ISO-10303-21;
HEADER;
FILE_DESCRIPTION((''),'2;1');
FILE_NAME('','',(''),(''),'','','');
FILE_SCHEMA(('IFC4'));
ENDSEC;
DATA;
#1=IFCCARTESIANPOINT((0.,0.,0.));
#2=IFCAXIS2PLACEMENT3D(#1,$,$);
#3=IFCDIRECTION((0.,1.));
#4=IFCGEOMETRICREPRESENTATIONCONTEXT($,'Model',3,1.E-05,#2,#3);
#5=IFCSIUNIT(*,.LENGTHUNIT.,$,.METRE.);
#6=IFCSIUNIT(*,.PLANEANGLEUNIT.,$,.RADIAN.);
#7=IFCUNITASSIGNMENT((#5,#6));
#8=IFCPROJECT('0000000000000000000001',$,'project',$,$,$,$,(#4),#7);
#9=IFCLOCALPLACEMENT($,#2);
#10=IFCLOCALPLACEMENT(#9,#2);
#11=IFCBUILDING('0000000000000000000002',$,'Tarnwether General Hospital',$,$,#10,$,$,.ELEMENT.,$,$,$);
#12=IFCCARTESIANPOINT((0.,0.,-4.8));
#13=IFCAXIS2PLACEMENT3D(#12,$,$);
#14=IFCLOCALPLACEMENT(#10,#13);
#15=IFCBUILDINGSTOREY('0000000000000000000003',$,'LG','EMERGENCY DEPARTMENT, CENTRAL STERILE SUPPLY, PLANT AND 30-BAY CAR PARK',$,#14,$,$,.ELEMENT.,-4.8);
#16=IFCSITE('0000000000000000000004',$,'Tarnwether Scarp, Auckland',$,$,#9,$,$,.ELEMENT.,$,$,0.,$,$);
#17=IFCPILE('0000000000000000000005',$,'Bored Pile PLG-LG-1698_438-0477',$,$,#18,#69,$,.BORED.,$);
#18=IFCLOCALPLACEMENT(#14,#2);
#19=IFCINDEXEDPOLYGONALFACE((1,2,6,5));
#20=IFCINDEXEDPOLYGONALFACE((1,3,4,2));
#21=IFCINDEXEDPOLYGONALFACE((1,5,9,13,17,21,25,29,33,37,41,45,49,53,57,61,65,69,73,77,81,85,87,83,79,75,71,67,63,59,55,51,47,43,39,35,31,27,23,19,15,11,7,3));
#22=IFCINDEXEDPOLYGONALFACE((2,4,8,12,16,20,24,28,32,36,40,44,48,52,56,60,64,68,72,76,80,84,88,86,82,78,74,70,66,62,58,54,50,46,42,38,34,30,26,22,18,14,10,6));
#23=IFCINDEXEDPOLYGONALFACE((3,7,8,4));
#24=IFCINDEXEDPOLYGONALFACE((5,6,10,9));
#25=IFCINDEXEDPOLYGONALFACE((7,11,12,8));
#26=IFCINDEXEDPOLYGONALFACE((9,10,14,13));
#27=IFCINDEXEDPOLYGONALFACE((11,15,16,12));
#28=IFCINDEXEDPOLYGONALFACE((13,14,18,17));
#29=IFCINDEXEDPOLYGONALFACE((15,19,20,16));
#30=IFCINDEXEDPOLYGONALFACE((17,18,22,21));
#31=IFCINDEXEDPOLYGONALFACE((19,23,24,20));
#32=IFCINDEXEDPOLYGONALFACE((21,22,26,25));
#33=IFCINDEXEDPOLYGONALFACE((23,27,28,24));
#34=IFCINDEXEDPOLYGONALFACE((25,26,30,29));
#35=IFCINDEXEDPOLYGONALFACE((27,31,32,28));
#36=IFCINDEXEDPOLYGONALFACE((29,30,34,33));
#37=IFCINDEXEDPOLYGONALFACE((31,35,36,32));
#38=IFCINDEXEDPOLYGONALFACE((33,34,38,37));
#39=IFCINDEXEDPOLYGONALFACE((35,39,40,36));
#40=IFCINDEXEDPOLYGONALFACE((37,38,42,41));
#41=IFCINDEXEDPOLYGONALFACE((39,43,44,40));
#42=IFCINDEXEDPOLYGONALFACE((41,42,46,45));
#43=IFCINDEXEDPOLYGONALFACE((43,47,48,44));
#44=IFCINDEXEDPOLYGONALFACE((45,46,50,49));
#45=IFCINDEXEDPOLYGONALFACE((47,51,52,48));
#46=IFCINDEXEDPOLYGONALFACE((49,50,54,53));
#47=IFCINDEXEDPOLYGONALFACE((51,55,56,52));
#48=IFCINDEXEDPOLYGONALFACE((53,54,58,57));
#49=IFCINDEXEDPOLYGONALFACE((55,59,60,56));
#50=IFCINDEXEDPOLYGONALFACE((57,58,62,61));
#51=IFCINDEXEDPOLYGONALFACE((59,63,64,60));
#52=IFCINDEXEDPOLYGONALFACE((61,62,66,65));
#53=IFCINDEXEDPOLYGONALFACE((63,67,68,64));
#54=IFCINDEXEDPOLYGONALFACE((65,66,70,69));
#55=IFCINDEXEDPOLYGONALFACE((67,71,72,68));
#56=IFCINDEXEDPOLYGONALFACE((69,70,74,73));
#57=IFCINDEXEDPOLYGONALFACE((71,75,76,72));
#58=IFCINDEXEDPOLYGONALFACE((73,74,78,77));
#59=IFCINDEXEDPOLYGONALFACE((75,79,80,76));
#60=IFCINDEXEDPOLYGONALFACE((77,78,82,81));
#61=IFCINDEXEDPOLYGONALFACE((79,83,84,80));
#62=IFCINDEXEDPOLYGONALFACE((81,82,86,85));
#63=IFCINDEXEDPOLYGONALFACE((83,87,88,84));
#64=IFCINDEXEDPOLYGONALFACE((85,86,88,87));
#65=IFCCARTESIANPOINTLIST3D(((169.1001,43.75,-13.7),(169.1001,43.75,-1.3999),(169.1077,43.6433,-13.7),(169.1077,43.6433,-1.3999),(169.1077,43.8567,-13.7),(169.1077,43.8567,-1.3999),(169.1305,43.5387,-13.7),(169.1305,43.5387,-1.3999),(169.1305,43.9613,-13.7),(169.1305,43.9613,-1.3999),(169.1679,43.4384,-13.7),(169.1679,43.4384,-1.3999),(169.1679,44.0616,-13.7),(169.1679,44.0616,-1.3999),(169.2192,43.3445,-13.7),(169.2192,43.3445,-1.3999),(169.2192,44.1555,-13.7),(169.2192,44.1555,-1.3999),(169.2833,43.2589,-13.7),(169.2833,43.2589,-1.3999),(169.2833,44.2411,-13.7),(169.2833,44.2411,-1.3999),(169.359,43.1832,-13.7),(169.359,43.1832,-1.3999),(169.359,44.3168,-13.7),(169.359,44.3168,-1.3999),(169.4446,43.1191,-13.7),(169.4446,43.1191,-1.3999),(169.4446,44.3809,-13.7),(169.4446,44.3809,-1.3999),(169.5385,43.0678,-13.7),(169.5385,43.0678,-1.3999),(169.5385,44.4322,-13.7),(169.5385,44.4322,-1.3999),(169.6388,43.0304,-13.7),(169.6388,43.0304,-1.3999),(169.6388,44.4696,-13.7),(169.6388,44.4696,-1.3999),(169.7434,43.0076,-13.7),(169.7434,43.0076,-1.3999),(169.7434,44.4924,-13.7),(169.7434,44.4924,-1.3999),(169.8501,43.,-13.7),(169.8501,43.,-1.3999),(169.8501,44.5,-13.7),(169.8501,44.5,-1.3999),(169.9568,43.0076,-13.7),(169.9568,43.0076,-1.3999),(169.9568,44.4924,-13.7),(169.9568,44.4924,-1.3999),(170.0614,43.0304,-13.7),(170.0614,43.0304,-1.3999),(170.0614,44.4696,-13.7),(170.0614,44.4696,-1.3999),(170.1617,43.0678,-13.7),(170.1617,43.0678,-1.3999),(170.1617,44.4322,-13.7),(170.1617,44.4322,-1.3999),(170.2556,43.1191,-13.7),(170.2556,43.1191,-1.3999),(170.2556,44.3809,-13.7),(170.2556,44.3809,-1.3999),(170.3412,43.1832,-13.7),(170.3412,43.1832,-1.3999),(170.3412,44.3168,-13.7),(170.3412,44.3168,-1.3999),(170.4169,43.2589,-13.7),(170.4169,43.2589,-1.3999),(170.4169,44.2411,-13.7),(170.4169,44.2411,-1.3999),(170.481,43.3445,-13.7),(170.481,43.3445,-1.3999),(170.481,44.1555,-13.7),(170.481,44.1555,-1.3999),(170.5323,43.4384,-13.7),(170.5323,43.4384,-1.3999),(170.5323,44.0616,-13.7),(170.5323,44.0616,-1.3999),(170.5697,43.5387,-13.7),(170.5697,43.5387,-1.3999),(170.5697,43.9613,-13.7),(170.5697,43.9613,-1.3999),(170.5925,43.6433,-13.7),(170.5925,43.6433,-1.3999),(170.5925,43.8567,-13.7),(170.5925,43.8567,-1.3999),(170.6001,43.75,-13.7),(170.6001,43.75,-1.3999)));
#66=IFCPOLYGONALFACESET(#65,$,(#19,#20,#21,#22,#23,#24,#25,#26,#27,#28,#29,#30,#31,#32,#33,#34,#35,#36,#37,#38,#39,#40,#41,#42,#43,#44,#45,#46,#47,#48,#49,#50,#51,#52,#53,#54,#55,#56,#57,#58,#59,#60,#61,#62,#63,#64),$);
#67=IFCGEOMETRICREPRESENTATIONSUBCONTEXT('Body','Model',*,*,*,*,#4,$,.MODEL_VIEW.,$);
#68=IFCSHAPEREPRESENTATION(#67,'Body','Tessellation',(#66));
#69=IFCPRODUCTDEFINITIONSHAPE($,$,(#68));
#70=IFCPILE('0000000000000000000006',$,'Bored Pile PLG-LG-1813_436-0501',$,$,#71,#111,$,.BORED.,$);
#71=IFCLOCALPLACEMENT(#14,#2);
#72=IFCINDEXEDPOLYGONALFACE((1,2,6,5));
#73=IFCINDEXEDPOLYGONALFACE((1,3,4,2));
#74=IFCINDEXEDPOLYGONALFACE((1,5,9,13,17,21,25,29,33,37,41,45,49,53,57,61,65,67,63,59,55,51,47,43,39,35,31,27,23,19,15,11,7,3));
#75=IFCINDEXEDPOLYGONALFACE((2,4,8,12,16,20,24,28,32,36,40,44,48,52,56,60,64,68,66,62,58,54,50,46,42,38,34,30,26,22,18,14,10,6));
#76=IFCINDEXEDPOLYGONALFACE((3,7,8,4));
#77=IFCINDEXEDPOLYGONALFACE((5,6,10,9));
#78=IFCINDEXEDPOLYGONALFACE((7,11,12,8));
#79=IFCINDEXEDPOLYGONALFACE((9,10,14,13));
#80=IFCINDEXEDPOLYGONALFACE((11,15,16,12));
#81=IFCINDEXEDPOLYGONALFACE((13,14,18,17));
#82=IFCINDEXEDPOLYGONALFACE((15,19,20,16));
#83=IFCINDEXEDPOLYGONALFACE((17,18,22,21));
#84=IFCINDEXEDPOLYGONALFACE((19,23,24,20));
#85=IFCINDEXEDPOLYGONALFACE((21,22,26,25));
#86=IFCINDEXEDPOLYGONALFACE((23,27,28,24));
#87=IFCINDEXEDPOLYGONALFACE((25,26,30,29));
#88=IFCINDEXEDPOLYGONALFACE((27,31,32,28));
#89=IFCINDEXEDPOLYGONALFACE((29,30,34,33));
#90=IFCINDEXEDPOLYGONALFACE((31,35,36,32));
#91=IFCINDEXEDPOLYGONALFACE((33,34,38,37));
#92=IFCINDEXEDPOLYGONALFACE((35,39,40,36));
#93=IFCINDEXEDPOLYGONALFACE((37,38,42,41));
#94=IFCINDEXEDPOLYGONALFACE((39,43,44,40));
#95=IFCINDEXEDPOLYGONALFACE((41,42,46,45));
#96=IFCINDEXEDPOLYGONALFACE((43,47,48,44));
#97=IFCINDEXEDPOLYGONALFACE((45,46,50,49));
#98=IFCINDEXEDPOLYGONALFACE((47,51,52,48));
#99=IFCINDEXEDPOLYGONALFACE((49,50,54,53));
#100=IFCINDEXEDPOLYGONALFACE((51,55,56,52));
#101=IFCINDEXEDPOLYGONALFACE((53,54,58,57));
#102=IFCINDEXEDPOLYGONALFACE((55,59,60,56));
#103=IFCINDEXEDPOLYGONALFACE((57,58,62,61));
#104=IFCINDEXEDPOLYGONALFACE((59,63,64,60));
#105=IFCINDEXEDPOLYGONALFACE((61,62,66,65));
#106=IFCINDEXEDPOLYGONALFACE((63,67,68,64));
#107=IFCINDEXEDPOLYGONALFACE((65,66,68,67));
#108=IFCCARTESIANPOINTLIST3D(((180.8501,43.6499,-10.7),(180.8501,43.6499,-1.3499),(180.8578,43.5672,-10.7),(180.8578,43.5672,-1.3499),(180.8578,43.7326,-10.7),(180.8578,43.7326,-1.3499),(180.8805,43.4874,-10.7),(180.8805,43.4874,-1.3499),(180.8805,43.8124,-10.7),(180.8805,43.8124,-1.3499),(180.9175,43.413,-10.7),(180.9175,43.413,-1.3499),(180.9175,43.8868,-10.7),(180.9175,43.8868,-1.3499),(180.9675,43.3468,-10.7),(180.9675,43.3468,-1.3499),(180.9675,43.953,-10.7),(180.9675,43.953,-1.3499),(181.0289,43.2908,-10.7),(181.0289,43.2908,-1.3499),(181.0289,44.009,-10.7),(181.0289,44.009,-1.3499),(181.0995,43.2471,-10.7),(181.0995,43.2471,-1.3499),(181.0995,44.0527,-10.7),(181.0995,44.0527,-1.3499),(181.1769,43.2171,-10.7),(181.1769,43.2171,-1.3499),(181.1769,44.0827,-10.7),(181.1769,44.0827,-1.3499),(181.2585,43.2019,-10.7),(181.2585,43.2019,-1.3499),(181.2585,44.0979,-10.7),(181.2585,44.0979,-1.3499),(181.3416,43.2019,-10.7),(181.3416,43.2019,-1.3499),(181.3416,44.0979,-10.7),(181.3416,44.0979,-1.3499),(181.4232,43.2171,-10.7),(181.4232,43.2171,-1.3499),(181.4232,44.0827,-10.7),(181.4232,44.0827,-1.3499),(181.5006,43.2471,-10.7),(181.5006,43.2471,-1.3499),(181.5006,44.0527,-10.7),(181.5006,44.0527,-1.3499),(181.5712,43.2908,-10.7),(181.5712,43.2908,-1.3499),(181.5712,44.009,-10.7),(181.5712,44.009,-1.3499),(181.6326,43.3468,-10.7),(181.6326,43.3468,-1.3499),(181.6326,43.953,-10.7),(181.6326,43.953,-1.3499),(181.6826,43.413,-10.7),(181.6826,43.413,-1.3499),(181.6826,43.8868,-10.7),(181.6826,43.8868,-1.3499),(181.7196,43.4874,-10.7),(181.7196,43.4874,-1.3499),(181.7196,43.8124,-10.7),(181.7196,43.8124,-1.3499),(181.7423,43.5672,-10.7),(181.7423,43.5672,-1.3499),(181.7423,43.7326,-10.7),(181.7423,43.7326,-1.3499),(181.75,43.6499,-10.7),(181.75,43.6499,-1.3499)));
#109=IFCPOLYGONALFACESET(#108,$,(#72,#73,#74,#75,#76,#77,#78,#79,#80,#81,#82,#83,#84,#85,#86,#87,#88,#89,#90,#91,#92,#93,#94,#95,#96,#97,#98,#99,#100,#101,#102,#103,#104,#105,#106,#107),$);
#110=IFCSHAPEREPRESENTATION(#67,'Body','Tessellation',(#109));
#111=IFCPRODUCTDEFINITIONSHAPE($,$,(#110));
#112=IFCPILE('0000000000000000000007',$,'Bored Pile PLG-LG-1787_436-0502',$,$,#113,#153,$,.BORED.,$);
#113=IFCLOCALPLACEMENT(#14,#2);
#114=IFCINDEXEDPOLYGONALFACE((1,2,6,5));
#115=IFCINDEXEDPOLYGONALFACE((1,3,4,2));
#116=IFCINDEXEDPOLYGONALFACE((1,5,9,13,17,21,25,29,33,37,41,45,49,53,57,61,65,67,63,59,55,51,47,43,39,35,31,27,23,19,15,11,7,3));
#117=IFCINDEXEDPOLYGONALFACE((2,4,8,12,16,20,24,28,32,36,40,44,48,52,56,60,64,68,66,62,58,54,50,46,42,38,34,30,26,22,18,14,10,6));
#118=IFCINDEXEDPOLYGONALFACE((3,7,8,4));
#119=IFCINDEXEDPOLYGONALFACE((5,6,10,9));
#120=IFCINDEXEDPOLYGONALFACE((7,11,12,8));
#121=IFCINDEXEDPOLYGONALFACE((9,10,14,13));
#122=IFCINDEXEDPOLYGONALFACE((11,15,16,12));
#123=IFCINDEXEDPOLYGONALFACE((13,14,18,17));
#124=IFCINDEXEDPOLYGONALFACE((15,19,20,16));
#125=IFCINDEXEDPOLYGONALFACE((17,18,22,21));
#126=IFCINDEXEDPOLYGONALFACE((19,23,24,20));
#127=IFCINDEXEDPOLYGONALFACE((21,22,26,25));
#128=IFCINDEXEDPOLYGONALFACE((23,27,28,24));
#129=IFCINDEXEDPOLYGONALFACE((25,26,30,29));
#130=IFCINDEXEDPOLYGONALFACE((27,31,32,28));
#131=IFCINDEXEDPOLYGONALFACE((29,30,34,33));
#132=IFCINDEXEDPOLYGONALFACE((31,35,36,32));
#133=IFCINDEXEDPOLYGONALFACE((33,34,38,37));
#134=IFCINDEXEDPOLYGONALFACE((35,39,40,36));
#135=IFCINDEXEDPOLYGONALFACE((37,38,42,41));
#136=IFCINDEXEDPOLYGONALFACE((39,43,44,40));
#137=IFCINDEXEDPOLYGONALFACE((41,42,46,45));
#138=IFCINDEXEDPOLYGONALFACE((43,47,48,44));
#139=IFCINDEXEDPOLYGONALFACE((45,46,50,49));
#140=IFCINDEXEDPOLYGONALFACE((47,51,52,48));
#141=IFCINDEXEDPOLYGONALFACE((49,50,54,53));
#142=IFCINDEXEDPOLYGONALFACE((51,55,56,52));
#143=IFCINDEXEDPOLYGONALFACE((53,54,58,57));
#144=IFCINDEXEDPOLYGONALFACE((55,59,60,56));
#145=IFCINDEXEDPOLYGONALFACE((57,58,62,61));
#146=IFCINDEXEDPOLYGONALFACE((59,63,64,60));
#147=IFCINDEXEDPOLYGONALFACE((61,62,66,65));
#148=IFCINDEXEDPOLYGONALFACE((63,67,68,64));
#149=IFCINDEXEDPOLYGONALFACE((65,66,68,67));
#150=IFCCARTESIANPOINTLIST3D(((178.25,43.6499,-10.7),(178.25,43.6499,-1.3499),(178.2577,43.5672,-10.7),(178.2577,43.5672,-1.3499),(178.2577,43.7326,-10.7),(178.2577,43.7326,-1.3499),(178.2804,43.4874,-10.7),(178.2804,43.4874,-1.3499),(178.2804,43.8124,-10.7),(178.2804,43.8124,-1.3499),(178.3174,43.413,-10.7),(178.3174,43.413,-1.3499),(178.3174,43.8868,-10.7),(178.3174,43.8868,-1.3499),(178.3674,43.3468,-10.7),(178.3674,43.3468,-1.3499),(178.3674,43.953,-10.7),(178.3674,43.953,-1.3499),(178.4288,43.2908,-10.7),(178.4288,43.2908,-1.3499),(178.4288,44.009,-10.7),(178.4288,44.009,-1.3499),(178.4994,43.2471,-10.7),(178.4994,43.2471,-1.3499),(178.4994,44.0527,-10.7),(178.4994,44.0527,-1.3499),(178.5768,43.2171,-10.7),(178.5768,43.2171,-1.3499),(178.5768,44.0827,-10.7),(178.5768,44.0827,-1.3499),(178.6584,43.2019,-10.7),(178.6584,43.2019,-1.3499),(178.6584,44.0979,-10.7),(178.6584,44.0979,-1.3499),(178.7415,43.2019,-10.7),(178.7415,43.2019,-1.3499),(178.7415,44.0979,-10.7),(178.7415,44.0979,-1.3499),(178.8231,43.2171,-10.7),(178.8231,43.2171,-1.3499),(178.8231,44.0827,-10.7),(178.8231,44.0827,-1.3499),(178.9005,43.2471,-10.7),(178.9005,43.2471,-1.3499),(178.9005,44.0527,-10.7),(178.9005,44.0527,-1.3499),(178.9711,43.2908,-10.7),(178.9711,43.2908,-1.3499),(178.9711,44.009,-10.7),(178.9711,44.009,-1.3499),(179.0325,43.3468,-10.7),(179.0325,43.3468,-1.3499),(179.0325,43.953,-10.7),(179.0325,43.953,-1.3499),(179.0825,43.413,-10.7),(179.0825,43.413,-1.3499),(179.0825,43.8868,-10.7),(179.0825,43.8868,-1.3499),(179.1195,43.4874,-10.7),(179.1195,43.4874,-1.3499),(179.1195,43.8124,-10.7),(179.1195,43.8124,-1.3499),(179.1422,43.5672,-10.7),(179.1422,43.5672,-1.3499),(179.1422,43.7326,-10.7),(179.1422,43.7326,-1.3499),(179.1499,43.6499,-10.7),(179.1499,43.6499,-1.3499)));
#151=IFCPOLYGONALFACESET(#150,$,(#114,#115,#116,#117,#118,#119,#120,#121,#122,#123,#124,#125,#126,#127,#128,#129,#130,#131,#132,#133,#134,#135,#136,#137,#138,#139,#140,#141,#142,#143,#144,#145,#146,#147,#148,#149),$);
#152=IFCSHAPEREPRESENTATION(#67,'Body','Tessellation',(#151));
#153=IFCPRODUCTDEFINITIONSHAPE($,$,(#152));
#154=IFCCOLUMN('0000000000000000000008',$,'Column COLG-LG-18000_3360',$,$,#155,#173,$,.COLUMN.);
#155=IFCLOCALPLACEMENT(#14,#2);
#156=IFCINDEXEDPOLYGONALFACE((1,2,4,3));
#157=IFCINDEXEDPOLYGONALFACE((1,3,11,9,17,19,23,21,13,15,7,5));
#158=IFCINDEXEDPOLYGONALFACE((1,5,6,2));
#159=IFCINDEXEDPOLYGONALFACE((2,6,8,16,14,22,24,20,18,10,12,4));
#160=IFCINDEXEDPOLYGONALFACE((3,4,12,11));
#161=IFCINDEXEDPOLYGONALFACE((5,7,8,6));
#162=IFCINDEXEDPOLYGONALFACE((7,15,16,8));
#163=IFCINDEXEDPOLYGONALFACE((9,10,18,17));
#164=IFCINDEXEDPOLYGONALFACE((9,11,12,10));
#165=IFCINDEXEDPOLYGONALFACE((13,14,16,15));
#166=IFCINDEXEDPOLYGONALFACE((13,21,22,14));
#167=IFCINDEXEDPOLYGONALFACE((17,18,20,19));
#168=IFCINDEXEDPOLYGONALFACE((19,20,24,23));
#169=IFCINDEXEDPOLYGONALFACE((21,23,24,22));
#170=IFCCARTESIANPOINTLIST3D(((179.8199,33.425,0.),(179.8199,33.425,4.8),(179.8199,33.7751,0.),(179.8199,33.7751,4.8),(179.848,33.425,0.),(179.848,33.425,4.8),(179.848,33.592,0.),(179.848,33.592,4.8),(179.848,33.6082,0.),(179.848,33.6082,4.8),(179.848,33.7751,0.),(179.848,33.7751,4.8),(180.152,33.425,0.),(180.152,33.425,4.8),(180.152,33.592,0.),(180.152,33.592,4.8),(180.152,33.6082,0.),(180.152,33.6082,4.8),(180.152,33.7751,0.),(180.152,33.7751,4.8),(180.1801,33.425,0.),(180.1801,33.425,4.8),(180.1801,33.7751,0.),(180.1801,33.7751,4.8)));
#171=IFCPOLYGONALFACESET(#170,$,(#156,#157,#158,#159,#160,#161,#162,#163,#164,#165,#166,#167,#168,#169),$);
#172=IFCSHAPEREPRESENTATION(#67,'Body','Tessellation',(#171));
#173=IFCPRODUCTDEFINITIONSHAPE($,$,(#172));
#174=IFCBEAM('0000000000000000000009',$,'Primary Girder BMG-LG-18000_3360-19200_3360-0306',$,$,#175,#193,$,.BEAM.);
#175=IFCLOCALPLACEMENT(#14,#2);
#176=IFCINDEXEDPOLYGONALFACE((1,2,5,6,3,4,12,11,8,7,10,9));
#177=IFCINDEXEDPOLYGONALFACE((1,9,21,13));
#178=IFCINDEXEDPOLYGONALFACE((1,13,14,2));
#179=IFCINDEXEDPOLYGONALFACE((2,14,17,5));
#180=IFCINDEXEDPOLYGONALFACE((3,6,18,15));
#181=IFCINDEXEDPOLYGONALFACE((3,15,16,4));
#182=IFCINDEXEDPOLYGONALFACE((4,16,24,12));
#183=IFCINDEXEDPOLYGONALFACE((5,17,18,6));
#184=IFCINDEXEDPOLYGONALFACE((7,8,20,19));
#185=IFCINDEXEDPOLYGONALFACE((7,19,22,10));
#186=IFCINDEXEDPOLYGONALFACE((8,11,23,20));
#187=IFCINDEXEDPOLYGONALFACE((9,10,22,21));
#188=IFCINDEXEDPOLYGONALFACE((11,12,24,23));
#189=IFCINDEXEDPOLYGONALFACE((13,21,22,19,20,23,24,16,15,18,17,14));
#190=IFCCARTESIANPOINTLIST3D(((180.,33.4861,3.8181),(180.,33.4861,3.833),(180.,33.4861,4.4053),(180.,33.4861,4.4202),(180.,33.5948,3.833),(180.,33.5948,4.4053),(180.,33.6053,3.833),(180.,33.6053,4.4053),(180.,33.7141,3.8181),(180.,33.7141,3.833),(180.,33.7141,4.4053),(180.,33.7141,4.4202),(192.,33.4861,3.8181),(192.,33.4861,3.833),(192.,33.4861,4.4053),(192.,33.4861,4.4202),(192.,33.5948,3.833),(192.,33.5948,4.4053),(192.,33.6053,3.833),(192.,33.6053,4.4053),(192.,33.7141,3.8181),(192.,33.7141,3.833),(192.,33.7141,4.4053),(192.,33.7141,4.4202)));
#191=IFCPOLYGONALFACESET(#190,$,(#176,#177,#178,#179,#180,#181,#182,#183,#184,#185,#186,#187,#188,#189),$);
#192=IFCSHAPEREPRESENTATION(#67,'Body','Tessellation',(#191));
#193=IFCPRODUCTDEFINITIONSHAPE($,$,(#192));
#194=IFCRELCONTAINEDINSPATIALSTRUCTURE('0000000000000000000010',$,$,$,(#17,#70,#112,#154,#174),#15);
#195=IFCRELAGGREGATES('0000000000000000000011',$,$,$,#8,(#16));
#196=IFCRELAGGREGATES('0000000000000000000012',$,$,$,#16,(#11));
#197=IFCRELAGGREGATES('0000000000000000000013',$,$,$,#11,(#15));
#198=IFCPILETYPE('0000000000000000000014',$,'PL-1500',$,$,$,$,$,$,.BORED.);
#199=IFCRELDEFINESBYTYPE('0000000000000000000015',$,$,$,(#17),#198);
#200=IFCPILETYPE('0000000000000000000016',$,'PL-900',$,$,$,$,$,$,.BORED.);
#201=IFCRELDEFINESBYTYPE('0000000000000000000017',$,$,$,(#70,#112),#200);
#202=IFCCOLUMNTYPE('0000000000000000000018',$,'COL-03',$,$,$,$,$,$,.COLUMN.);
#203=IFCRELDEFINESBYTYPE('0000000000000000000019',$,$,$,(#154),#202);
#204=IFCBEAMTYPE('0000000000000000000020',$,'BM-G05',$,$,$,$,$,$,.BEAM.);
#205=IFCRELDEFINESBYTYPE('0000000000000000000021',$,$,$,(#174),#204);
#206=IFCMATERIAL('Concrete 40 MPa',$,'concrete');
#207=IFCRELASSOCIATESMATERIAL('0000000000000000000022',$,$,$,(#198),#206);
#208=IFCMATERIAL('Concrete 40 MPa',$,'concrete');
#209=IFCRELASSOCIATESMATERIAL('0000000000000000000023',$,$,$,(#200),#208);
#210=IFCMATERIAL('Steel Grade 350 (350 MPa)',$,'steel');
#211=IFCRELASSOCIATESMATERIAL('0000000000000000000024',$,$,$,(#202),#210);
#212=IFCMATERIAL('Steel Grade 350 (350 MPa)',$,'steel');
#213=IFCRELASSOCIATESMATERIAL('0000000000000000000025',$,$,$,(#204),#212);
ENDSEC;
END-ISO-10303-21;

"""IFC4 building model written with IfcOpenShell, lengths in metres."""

from ifc_helpers import new_model, si_unit, direction, frame, origin, origin_2d, place, context, subcontext, project, spatial, circle, i_section, extrude, material, material_profile, profile_set, type_object, element, save


model = new_model("IFC4")

# Units and contexts
model_context = context("Model", 3, precision=1e-05, world=origin(), true_north=direction((0.0, 1.0)))
body_context = subcontext(model_context, "Body", "Model", "MODEL_VIEW")
ifc_project = project(units=[si_unit("LENGTHUNIT", "METRE"), si_unit("PLANEANGLEUNIT", "RADIAN")], contexts=[model_context])

# Site, building, storey
site_placement = place(None, origin())
site = spatial("IfcSite", under=ifc_project, at=site_placement, Name="Tarnwether Scarp, Auckland", CompositionType="ELEMENT", RefElevation=0.0)
building_placement = place(site_placement, origin())
building = spatial("IfcBuilding", under=site, at=building_placement, Name="Tarnwether General Hospital", CompositionType="ELEMENT")
storey_placement = place(building_placement, frame((0.0, 0.0, -4.8)))
storey = spatial("IfcBuildingStorey", under=building, at=storey_placement, Name="LG", Description="EMERGENCY DEPARTMENT, CENTRAL STERILE SUPPLY, PLANT AND 30-BAY CAR PARK", CompositionType="ELEMENT", Elevation=-4.8)

# Piles
ifc_material_1 = material(Name="Concrete 40 MPa", Category="concrete")
ifc_material_profile_1 = material_profile(ifc_material_1, circle(Radius=0.75, at=origin_2d()), Name="PILE-D1500")
ifc_profile_set_1 = profile_set([ifc_material_profile_1], Name="Concrete 40 MPa")
pile_type_1 = type_object("IfcPileType", Name="PL-1500", PredefinedType="BORED", material=ifc_profile_set_1)
pile_1_placement = place(storey_placement, frame((169.8501, 43.75, -1.3999), z_axis=(0.0, 0.0, -1.0), x_axis=(1.0, 0.0, 0.0)))
element("IfcPile", 1, at=pile_1_placement, inside=storey, type_object=pile_type_1, Name="Bored Pile PLG-LG-1698_438-0477", PredefinedType="BORED", context=body_context, shape_type="SweptSolid", body=[
    extrude(circle(Radius=0.75, at=origin_2d()), origin(), (0.0, 0.0, 1.0), 12.3),
])
ifc_material_2 = material(Name="Concrete 40 MPa", Category="concrete")
ifc_material_profile_2 = material_profile(ifc_material_2, circle(Radius=0.45, at=origin_2d()), Name="PILE-D900")
ifc_profile_set_2 = profile_set([ifc_material_profile_2], Name="Concrete 40 MPa")
pile_type_2 = type_object("IfcPileType", Name="PL-900", PredefinedType="BORED", material=ifc_profile_set_2)
for number, where, z_axis, x_axis, name in (
    (2, (181.3, 43.6499, -1.3499), (0.0, 0.0, -1.0), (1.0, 0.0, 0.0), "Bored Pile PLG-LG-1813_436-0501"),
    (3, (178.7, 43.6499, -1.3499), (0.0, 0.0, -1.0), (1.0, 0.0, 0.0), "Bored Pile PLG-LG-1787_436-0502"),
):
    element("IfcPile", number, at=place(storey_placement, frame(where, z_axis=z_axis, x_axis=x_axis)), inside=storey, type_object=pile_type_2, Name=name, PredefinedType="BORED", context=body_context, shape_type="SweptSolid", body=[
        extrude(circle(Radius=0.45, at=origin_2d()), origin(), (0.0, 0.0, 1.0), 9.3501),
    ])

# Column
ifc_material_3 = material(Name="Steel Grade 350 (350 MPa)", Category="steel")
ifc_material_profile_3 = material_profile(ifc_material_3, i_section(OverallWidth=0.3501, OverallDepth=0.3601, WebThickness=0.0161, FlangeThickness=0.0281, at=origin_2d()), Name="350WC230")
ifc_profile_set_3 = profile_set([ifc_material_profile_3], Name="Steel Grade 350 (350 MPa)")
column_type = type_object("IfcColumnType", Name="COL-03", PredefinedType="COLUMN", material=ifc_profile_set_3)
column_placement = place(storey_placement, frame((180.0, 33.6001, 0.0), z_axis=(0.0, 0.0, 1.0), x_axis=(0.0, 1.0, 0.0)))
element("IfcColumn", 4, at=column_placement, inside=storey, type_object=column_type, Name="Column COLG-LG-18000_3360", PredefinedType="COLUMN", context=body_context, shape_type="SweptSolid", body=[
    extrude(i_section(OverallWidth=0.3501, OverallDepth=0.3601, WebThickness=0.0161, FlangeThickness=0.0281, at=origin_2d()), origin(), (0.0, 0.0, 1.0), 4.8),
])

# Beam
ifc_material_4 = material(Name="Steel Grade 350 (350 MPa)", Category="steel")
ifc_material_profile_4 = material_profile(ifc_material_4, i_section(OverallWidth=0.228, OverallDepth=0.6021, WebThickness=0.0105, FlangeThickness=0.0149, at=origin_2d()), Name="610UB101")
ifc_profile_set_4 = profile_set([ifc_material_profile_4], Name="Steel Grade 350 (350 MPa)")
beam_type_1 = type_object("IfcBeamType", Name="BM-G05", PredefinedType="BEAM", material=ifc_profile_set_4)
beam_1_placement = place(storey_placement, frame((180.0, 33.6001, 4.1191), z_axis=(1.0, 0.0, 0.0), x_axis=(0.0, 1.0, 0.0)))
element("IfcBeam", 5, at=beam_1_placement, inside=storey, type_object=beam_type_1, Name="Primary Girder BMG-LG-18000_3360-19200_3360-0306", PredefinedType="BEAM", context=body_context, shape_type="SweptSolid", body=[
    extrude(i_section(OverallWidth=0.228, OverallDepth=0.6021, WebThickness=0.0105, FlangeThickness=0.0149, at=origin_2d()), origin(), (0.0, 0.0, 1.0), 12.0),
])

save(model, "model.ifc")
